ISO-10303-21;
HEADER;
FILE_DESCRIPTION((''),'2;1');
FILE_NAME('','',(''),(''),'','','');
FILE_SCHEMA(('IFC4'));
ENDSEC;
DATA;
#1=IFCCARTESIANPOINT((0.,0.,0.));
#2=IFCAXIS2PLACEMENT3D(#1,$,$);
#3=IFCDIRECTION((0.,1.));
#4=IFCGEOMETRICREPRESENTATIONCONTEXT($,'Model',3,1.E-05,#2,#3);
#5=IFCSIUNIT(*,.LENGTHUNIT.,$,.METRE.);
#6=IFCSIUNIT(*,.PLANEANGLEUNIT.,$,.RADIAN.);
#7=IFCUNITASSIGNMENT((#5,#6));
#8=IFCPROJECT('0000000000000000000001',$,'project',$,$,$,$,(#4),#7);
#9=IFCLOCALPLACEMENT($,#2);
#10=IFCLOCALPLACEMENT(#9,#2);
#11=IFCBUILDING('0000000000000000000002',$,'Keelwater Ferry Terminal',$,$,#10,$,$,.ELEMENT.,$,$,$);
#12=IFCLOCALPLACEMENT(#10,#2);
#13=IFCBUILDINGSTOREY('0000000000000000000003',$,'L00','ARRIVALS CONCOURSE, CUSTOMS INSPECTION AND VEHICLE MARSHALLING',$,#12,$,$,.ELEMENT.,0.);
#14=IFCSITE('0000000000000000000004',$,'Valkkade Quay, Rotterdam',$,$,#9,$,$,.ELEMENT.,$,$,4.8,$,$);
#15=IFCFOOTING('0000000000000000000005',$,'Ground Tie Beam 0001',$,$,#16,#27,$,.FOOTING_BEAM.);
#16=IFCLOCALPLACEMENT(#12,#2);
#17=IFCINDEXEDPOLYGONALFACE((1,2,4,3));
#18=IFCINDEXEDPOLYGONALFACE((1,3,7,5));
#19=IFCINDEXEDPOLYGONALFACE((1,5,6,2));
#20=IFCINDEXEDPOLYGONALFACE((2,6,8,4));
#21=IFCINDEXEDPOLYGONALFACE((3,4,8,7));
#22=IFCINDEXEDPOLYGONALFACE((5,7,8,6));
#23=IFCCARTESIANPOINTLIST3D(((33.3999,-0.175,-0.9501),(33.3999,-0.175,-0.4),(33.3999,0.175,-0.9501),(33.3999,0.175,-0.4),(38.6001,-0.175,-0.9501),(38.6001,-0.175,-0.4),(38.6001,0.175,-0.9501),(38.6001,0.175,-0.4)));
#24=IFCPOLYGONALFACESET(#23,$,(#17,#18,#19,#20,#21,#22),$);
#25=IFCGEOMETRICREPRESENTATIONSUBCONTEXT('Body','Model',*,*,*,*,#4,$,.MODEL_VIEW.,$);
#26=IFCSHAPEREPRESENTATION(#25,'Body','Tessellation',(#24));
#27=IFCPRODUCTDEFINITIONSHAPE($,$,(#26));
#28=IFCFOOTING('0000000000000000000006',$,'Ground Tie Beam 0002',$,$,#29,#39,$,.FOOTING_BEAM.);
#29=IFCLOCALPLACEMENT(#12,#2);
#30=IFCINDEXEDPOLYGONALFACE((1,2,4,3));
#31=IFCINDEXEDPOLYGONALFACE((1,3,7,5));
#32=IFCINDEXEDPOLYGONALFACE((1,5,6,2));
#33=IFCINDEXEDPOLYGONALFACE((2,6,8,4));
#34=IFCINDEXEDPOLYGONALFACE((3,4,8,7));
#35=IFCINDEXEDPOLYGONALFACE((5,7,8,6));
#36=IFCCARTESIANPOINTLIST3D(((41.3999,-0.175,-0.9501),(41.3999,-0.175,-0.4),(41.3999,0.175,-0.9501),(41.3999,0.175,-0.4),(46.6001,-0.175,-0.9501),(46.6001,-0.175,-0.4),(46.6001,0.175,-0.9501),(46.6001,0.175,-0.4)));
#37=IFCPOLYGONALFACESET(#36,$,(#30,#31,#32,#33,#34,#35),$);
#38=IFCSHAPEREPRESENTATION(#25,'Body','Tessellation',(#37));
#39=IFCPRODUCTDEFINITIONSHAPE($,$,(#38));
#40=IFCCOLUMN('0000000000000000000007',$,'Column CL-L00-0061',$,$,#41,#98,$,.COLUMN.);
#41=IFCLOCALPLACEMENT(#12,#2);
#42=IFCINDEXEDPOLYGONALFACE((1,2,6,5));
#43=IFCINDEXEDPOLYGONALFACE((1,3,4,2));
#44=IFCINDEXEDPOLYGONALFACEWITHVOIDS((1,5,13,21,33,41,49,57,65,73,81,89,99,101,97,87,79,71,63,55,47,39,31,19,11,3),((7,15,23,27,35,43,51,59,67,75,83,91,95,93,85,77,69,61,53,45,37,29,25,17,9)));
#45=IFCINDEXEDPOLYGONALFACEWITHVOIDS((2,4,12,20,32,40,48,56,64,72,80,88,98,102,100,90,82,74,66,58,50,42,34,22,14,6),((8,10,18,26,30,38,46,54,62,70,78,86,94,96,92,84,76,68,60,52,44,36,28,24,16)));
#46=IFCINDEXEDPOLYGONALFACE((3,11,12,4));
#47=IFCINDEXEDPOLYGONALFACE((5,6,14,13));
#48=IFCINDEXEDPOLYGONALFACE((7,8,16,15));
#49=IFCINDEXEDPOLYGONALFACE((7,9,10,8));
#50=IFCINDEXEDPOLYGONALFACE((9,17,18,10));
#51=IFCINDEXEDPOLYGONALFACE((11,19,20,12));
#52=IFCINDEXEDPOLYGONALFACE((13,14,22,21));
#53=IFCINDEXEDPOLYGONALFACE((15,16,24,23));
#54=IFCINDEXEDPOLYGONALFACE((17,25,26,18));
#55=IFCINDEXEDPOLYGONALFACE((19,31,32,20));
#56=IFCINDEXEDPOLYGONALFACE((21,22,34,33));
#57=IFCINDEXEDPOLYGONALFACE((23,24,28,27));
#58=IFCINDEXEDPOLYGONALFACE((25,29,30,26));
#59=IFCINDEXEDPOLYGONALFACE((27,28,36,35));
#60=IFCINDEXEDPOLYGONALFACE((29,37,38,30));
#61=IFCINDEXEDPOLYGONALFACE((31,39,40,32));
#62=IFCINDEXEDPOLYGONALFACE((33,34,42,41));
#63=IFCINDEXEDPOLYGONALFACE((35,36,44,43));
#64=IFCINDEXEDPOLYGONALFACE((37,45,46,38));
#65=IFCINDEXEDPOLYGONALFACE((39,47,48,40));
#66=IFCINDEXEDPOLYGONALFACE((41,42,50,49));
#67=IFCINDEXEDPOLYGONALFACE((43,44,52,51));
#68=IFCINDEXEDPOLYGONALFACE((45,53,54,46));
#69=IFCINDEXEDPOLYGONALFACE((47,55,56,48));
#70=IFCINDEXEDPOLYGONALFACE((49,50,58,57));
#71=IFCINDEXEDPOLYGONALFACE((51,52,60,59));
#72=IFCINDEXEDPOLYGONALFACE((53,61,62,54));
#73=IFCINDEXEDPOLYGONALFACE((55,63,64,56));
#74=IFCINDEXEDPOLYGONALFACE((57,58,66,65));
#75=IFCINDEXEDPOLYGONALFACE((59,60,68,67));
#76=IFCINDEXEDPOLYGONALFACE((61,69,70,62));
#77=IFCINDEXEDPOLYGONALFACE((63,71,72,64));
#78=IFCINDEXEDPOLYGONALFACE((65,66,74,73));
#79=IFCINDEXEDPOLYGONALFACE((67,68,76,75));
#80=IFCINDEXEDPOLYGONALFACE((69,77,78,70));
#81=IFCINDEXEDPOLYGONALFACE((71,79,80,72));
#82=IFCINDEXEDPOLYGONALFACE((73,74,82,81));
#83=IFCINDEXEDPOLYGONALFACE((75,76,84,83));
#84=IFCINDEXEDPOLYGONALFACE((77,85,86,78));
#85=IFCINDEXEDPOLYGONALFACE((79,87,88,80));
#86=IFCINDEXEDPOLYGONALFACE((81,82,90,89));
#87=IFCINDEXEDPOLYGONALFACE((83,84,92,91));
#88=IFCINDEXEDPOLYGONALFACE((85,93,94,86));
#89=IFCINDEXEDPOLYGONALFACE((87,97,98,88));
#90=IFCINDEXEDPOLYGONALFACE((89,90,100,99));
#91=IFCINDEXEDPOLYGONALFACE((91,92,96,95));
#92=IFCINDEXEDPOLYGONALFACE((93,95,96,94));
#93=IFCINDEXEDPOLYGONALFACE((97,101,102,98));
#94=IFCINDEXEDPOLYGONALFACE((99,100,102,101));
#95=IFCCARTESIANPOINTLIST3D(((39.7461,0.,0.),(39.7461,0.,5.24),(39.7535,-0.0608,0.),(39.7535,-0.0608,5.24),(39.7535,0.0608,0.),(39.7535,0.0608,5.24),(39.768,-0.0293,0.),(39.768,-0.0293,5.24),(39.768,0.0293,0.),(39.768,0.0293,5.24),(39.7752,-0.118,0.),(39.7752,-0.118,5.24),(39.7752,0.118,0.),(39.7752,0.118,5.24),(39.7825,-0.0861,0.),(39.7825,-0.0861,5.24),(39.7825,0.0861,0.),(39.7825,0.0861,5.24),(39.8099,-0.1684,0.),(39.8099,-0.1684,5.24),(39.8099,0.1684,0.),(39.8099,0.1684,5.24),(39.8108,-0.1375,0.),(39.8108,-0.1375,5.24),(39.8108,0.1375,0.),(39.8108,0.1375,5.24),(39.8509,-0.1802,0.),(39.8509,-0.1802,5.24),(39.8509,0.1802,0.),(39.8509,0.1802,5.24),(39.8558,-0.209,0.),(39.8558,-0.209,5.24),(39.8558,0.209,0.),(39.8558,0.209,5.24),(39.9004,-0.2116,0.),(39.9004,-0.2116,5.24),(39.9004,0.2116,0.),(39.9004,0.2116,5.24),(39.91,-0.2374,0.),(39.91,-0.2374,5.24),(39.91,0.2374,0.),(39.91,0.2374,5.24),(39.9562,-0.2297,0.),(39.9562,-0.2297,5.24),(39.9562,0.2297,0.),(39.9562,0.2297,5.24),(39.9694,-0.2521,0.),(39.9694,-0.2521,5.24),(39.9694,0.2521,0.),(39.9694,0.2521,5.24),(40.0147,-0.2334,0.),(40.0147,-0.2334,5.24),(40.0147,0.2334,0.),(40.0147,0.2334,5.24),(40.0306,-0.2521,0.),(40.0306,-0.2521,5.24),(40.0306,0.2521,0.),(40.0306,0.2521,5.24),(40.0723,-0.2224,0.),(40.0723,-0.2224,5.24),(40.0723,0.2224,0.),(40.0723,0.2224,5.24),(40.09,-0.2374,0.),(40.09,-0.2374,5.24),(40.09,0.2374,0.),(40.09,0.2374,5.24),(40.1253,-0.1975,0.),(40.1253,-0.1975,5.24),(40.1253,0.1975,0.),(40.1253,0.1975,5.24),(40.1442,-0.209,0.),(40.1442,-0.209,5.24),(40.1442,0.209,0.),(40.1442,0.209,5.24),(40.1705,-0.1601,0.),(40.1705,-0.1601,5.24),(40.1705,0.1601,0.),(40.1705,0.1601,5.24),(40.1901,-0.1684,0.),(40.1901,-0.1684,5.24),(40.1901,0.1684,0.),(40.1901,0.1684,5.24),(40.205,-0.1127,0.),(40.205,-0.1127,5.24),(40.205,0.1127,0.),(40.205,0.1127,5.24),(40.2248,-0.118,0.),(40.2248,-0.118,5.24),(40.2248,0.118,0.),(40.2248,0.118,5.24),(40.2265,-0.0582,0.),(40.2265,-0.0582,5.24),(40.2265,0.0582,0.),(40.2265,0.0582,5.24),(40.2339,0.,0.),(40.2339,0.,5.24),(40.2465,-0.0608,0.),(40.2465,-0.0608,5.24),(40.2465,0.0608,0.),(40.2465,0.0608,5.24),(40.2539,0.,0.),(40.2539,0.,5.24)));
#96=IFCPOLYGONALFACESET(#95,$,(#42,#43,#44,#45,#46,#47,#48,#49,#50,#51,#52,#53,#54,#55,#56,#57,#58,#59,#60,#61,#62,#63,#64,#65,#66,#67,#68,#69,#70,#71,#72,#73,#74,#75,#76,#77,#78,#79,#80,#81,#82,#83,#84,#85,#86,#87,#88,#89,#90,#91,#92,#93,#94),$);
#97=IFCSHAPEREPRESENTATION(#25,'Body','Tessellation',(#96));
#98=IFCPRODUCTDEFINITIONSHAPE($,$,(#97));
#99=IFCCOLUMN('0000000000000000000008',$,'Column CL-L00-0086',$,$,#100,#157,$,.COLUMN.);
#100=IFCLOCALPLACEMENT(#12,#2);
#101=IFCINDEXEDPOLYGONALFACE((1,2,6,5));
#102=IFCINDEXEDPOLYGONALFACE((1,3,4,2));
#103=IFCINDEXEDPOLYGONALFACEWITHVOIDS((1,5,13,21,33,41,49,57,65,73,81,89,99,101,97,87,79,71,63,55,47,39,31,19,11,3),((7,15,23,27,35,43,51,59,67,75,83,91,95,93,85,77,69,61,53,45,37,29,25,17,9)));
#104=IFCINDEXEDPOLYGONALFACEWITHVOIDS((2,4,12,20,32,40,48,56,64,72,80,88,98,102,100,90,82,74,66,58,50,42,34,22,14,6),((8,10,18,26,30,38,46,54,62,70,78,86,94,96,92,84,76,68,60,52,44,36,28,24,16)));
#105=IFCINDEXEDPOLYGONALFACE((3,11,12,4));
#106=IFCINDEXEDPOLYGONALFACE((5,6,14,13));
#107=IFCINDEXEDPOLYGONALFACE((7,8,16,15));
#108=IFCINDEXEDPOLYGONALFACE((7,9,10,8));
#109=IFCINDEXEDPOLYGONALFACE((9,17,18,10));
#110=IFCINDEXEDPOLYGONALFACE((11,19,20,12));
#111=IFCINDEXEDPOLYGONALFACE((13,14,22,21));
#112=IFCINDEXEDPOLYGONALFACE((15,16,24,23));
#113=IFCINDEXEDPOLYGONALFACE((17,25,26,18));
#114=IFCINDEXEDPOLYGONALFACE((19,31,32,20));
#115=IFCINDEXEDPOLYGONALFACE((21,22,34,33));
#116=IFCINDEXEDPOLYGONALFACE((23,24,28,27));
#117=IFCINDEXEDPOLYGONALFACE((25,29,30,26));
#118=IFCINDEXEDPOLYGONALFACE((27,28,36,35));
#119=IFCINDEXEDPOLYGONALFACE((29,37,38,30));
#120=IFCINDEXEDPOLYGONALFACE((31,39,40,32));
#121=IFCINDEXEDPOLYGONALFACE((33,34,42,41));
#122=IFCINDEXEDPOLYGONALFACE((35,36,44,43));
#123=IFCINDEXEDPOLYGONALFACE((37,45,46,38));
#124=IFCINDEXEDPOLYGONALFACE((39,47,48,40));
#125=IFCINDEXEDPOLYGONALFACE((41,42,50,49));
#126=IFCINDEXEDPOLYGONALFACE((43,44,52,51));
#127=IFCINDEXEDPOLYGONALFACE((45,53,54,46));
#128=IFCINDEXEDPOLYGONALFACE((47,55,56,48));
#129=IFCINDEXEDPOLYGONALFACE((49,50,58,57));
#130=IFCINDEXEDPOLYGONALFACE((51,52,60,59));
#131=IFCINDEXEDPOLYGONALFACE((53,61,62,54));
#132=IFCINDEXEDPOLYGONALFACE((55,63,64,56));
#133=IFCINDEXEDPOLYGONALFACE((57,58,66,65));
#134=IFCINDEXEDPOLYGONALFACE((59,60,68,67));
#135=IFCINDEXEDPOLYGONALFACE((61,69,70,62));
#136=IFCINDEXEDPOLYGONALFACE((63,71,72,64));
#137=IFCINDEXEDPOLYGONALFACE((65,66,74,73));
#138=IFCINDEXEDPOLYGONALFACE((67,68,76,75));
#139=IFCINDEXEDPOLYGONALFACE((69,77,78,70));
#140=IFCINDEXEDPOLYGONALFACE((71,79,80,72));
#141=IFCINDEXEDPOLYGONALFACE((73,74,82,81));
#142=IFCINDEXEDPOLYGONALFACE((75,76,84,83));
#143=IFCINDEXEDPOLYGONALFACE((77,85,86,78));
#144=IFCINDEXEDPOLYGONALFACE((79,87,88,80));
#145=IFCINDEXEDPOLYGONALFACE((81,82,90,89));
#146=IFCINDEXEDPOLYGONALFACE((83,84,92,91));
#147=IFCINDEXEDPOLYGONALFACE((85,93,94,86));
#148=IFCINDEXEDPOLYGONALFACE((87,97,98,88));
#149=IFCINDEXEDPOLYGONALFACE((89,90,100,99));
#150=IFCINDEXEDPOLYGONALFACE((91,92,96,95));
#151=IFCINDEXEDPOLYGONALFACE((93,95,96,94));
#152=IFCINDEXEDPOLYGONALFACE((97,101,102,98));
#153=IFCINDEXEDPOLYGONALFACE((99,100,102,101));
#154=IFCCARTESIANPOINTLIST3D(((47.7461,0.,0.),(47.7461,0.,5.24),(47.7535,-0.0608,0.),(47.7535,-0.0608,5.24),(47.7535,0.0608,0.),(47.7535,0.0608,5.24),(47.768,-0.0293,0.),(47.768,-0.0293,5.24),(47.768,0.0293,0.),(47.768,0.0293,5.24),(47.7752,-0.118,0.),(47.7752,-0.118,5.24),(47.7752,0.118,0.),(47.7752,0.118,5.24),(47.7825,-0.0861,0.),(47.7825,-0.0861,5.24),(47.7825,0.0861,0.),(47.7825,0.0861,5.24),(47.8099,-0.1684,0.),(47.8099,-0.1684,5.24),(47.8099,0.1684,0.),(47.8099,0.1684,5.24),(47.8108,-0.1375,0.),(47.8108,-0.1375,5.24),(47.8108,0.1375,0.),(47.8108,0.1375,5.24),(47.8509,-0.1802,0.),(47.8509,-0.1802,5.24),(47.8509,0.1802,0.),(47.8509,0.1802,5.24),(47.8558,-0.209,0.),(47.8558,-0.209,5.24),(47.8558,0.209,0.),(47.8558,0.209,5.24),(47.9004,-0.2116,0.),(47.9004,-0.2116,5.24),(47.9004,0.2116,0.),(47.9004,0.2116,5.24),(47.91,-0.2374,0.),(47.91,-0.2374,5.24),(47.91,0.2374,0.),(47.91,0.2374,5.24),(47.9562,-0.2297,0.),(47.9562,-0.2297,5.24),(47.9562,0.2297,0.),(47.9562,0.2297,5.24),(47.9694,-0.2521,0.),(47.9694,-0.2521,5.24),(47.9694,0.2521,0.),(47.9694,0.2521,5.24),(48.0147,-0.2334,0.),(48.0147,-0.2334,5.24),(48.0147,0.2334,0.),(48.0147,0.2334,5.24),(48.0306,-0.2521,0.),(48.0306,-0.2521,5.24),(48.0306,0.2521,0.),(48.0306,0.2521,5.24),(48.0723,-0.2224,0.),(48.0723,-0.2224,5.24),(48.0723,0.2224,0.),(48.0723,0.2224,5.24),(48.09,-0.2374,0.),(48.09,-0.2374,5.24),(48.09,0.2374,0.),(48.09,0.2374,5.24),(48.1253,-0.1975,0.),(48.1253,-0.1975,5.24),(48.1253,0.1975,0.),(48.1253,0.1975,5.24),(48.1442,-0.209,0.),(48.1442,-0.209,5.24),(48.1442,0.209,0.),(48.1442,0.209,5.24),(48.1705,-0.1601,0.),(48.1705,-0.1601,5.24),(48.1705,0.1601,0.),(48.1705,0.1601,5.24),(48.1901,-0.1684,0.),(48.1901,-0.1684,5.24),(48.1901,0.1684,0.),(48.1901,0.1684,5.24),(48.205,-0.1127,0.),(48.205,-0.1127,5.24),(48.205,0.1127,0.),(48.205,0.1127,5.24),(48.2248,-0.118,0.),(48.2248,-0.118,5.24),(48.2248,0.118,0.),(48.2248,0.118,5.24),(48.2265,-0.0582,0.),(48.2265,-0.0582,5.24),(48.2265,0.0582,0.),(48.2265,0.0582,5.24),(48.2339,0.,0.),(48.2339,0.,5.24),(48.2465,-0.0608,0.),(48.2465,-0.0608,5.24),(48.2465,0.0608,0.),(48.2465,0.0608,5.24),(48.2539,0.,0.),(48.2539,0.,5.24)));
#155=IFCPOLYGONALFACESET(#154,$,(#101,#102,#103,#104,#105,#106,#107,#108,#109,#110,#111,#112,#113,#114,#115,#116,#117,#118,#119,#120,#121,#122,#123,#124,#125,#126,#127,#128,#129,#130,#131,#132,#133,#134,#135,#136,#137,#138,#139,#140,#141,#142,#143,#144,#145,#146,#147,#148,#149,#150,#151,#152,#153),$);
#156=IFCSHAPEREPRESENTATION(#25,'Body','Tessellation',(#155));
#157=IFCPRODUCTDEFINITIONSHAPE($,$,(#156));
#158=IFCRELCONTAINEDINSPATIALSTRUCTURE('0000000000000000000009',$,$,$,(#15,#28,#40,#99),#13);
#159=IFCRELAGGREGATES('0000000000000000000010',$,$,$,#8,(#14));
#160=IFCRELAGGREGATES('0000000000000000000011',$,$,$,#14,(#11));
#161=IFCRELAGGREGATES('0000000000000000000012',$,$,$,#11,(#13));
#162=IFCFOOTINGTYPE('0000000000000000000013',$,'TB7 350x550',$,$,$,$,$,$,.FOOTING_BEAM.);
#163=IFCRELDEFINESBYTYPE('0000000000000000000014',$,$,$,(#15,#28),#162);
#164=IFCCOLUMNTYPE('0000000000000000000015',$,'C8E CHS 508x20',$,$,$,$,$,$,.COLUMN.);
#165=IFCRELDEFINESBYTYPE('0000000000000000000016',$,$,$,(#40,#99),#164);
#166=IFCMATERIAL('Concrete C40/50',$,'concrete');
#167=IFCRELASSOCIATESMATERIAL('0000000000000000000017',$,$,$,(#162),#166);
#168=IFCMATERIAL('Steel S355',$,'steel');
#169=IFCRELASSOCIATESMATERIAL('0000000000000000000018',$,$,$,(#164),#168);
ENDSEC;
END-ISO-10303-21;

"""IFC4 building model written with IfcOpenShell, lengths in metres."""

from ifc_helpers import new_model, si_unit, direction, frame, origin, origin_2d, place, context, subcontext, project, spatial, rectangle, hollow_circle, extrude, material, material_profile, profile_set, type_object, element, save


model = new_model("IFC4")

# Units and contexts
model_context = context("Model", 3, precision=1e-05, world=origin(), true_north=direction((0.0, 1.0)))
body_context = subcontext(model_context, "Body", "Model", "MODEL_VIEW")
ifc_project = project(units=[si_unit("LENGTHUNIT", "METRE"), si_unit("PLANEANGLEUNIT", "RADIAN")], contexts=[model_context])

# Site, building, storey
site_placement = place(None, origin())
site = spatial("IfcSite", under=ifc_project, at=site_placement, Name="Valkkade Quay, Rotterdam", CompositionType="ELEMENT", RefElevation=4.8)
building_placement = place(site_placement, origin())
building = spatial("IfcBuilding", under=site, at=building_placement, Name="Keelwater Ferry Terminal", CompositionType="ELEMENT")
storey_placement = place(building_placement, origin())
storey = spatial("IfcBuildingStorey", under=building, at=storey_placement, Name="L00", Description="ARRIVALS CONCOURSE, CUSTOMS INSPECTION AND VEHICLE MARSHALLING", CompositionType="ELEMENT", Elevation=0.0)

# Footings
ifc_material_1 = material(Name="Concrete C40/50", Category="concrete")
ifc_material_profile_1 = material_profile(ifc_material_1, rectangle(XDim=0.3501, YDim=0.55, at=origin_2d()), Name="TB 350x550")
ifc_profile_set_1 = profile_set([ifc_material_profile_1], Name="Concrete C40/50")
footing_type_1 = type_object("IfcFootingType", Name="TB7 350x550", PredefinedType="FOOTING_BEAM", material=ifc_profile_set_1)
for number, where, z_axis, x_axis, name in (
    (1, (33.3999, 0.0, -0.675), (1.0, 0.0, 0.0), (0.0, 1.0, 0.0), "Ground Tie Beam 0001"),
    (2, (41.3999, 0.0, -0.675), (1.0, 0.0, 0.0), (0.0, 1.0, 0.0), "Ground Tie Beam 0002"),
):
    element("IfcFooting", number, at=place(storey_placement, frame(where, z_axis=z_axis, x_axis=x_axis)), inside=storey, type_object=footing_type_1, Name=name, PredefinedType="FOOTING_BEAM", context=body_context, shape_type="SweptSolid", body=[
        extrude(rectangle(XDim=0.3501, YDim=0.55, at=origin_2d()), origin(), (0.0, 0.0, 1.0), 5.2002),
    ])

# Columns
ifc_material_2 = material(Name="Steel S355", Category="steel")
ifc_material_profile_2 = material_profile(ifc_material_2, hollow_circle(Radius=0.2539, WallThickness=0.02, at=origin_2d()), Name="CHS 508x20")
ifc_profile_set_2 = profile_set([ifc_material_profile_2], Name="Steel S355")
column_type = type_object("IfcColumnType", Name="C8E CHS 508x20", PredefinedType="COLUMN", material=ifc_profile_set_2)
for number, where, z_axis, x_axis, name in (
    (3, (40.0, 0.0, 0.0), (0.0, 0.0, 1.0), (1.0, 0.0, 0.0), "Column CL-L00-0061"),
    (4, (48.0, 0.0, 0.0), (0.0, 0.0, 1.0), (1.0, 0.0, 0.0), "Column CL-L00-0086"),
):
    element("IfcColumn", number, at=place(storey_placement, frame(where, z_axis=z_axis, x_axis=x_axis)), inside=storey, type_object=column_type, Name=name, PredefinedType="COLUMN", context=body_context, shape_type="SweptSolid", body=[
        extrude(hollow_circle(Radius=0.2539, WallThickness=0.02, at=origin_2d()), origin(), (0.0, 0.0, 1.0), 5.24),
    ])

save(model, "model.ifc")
